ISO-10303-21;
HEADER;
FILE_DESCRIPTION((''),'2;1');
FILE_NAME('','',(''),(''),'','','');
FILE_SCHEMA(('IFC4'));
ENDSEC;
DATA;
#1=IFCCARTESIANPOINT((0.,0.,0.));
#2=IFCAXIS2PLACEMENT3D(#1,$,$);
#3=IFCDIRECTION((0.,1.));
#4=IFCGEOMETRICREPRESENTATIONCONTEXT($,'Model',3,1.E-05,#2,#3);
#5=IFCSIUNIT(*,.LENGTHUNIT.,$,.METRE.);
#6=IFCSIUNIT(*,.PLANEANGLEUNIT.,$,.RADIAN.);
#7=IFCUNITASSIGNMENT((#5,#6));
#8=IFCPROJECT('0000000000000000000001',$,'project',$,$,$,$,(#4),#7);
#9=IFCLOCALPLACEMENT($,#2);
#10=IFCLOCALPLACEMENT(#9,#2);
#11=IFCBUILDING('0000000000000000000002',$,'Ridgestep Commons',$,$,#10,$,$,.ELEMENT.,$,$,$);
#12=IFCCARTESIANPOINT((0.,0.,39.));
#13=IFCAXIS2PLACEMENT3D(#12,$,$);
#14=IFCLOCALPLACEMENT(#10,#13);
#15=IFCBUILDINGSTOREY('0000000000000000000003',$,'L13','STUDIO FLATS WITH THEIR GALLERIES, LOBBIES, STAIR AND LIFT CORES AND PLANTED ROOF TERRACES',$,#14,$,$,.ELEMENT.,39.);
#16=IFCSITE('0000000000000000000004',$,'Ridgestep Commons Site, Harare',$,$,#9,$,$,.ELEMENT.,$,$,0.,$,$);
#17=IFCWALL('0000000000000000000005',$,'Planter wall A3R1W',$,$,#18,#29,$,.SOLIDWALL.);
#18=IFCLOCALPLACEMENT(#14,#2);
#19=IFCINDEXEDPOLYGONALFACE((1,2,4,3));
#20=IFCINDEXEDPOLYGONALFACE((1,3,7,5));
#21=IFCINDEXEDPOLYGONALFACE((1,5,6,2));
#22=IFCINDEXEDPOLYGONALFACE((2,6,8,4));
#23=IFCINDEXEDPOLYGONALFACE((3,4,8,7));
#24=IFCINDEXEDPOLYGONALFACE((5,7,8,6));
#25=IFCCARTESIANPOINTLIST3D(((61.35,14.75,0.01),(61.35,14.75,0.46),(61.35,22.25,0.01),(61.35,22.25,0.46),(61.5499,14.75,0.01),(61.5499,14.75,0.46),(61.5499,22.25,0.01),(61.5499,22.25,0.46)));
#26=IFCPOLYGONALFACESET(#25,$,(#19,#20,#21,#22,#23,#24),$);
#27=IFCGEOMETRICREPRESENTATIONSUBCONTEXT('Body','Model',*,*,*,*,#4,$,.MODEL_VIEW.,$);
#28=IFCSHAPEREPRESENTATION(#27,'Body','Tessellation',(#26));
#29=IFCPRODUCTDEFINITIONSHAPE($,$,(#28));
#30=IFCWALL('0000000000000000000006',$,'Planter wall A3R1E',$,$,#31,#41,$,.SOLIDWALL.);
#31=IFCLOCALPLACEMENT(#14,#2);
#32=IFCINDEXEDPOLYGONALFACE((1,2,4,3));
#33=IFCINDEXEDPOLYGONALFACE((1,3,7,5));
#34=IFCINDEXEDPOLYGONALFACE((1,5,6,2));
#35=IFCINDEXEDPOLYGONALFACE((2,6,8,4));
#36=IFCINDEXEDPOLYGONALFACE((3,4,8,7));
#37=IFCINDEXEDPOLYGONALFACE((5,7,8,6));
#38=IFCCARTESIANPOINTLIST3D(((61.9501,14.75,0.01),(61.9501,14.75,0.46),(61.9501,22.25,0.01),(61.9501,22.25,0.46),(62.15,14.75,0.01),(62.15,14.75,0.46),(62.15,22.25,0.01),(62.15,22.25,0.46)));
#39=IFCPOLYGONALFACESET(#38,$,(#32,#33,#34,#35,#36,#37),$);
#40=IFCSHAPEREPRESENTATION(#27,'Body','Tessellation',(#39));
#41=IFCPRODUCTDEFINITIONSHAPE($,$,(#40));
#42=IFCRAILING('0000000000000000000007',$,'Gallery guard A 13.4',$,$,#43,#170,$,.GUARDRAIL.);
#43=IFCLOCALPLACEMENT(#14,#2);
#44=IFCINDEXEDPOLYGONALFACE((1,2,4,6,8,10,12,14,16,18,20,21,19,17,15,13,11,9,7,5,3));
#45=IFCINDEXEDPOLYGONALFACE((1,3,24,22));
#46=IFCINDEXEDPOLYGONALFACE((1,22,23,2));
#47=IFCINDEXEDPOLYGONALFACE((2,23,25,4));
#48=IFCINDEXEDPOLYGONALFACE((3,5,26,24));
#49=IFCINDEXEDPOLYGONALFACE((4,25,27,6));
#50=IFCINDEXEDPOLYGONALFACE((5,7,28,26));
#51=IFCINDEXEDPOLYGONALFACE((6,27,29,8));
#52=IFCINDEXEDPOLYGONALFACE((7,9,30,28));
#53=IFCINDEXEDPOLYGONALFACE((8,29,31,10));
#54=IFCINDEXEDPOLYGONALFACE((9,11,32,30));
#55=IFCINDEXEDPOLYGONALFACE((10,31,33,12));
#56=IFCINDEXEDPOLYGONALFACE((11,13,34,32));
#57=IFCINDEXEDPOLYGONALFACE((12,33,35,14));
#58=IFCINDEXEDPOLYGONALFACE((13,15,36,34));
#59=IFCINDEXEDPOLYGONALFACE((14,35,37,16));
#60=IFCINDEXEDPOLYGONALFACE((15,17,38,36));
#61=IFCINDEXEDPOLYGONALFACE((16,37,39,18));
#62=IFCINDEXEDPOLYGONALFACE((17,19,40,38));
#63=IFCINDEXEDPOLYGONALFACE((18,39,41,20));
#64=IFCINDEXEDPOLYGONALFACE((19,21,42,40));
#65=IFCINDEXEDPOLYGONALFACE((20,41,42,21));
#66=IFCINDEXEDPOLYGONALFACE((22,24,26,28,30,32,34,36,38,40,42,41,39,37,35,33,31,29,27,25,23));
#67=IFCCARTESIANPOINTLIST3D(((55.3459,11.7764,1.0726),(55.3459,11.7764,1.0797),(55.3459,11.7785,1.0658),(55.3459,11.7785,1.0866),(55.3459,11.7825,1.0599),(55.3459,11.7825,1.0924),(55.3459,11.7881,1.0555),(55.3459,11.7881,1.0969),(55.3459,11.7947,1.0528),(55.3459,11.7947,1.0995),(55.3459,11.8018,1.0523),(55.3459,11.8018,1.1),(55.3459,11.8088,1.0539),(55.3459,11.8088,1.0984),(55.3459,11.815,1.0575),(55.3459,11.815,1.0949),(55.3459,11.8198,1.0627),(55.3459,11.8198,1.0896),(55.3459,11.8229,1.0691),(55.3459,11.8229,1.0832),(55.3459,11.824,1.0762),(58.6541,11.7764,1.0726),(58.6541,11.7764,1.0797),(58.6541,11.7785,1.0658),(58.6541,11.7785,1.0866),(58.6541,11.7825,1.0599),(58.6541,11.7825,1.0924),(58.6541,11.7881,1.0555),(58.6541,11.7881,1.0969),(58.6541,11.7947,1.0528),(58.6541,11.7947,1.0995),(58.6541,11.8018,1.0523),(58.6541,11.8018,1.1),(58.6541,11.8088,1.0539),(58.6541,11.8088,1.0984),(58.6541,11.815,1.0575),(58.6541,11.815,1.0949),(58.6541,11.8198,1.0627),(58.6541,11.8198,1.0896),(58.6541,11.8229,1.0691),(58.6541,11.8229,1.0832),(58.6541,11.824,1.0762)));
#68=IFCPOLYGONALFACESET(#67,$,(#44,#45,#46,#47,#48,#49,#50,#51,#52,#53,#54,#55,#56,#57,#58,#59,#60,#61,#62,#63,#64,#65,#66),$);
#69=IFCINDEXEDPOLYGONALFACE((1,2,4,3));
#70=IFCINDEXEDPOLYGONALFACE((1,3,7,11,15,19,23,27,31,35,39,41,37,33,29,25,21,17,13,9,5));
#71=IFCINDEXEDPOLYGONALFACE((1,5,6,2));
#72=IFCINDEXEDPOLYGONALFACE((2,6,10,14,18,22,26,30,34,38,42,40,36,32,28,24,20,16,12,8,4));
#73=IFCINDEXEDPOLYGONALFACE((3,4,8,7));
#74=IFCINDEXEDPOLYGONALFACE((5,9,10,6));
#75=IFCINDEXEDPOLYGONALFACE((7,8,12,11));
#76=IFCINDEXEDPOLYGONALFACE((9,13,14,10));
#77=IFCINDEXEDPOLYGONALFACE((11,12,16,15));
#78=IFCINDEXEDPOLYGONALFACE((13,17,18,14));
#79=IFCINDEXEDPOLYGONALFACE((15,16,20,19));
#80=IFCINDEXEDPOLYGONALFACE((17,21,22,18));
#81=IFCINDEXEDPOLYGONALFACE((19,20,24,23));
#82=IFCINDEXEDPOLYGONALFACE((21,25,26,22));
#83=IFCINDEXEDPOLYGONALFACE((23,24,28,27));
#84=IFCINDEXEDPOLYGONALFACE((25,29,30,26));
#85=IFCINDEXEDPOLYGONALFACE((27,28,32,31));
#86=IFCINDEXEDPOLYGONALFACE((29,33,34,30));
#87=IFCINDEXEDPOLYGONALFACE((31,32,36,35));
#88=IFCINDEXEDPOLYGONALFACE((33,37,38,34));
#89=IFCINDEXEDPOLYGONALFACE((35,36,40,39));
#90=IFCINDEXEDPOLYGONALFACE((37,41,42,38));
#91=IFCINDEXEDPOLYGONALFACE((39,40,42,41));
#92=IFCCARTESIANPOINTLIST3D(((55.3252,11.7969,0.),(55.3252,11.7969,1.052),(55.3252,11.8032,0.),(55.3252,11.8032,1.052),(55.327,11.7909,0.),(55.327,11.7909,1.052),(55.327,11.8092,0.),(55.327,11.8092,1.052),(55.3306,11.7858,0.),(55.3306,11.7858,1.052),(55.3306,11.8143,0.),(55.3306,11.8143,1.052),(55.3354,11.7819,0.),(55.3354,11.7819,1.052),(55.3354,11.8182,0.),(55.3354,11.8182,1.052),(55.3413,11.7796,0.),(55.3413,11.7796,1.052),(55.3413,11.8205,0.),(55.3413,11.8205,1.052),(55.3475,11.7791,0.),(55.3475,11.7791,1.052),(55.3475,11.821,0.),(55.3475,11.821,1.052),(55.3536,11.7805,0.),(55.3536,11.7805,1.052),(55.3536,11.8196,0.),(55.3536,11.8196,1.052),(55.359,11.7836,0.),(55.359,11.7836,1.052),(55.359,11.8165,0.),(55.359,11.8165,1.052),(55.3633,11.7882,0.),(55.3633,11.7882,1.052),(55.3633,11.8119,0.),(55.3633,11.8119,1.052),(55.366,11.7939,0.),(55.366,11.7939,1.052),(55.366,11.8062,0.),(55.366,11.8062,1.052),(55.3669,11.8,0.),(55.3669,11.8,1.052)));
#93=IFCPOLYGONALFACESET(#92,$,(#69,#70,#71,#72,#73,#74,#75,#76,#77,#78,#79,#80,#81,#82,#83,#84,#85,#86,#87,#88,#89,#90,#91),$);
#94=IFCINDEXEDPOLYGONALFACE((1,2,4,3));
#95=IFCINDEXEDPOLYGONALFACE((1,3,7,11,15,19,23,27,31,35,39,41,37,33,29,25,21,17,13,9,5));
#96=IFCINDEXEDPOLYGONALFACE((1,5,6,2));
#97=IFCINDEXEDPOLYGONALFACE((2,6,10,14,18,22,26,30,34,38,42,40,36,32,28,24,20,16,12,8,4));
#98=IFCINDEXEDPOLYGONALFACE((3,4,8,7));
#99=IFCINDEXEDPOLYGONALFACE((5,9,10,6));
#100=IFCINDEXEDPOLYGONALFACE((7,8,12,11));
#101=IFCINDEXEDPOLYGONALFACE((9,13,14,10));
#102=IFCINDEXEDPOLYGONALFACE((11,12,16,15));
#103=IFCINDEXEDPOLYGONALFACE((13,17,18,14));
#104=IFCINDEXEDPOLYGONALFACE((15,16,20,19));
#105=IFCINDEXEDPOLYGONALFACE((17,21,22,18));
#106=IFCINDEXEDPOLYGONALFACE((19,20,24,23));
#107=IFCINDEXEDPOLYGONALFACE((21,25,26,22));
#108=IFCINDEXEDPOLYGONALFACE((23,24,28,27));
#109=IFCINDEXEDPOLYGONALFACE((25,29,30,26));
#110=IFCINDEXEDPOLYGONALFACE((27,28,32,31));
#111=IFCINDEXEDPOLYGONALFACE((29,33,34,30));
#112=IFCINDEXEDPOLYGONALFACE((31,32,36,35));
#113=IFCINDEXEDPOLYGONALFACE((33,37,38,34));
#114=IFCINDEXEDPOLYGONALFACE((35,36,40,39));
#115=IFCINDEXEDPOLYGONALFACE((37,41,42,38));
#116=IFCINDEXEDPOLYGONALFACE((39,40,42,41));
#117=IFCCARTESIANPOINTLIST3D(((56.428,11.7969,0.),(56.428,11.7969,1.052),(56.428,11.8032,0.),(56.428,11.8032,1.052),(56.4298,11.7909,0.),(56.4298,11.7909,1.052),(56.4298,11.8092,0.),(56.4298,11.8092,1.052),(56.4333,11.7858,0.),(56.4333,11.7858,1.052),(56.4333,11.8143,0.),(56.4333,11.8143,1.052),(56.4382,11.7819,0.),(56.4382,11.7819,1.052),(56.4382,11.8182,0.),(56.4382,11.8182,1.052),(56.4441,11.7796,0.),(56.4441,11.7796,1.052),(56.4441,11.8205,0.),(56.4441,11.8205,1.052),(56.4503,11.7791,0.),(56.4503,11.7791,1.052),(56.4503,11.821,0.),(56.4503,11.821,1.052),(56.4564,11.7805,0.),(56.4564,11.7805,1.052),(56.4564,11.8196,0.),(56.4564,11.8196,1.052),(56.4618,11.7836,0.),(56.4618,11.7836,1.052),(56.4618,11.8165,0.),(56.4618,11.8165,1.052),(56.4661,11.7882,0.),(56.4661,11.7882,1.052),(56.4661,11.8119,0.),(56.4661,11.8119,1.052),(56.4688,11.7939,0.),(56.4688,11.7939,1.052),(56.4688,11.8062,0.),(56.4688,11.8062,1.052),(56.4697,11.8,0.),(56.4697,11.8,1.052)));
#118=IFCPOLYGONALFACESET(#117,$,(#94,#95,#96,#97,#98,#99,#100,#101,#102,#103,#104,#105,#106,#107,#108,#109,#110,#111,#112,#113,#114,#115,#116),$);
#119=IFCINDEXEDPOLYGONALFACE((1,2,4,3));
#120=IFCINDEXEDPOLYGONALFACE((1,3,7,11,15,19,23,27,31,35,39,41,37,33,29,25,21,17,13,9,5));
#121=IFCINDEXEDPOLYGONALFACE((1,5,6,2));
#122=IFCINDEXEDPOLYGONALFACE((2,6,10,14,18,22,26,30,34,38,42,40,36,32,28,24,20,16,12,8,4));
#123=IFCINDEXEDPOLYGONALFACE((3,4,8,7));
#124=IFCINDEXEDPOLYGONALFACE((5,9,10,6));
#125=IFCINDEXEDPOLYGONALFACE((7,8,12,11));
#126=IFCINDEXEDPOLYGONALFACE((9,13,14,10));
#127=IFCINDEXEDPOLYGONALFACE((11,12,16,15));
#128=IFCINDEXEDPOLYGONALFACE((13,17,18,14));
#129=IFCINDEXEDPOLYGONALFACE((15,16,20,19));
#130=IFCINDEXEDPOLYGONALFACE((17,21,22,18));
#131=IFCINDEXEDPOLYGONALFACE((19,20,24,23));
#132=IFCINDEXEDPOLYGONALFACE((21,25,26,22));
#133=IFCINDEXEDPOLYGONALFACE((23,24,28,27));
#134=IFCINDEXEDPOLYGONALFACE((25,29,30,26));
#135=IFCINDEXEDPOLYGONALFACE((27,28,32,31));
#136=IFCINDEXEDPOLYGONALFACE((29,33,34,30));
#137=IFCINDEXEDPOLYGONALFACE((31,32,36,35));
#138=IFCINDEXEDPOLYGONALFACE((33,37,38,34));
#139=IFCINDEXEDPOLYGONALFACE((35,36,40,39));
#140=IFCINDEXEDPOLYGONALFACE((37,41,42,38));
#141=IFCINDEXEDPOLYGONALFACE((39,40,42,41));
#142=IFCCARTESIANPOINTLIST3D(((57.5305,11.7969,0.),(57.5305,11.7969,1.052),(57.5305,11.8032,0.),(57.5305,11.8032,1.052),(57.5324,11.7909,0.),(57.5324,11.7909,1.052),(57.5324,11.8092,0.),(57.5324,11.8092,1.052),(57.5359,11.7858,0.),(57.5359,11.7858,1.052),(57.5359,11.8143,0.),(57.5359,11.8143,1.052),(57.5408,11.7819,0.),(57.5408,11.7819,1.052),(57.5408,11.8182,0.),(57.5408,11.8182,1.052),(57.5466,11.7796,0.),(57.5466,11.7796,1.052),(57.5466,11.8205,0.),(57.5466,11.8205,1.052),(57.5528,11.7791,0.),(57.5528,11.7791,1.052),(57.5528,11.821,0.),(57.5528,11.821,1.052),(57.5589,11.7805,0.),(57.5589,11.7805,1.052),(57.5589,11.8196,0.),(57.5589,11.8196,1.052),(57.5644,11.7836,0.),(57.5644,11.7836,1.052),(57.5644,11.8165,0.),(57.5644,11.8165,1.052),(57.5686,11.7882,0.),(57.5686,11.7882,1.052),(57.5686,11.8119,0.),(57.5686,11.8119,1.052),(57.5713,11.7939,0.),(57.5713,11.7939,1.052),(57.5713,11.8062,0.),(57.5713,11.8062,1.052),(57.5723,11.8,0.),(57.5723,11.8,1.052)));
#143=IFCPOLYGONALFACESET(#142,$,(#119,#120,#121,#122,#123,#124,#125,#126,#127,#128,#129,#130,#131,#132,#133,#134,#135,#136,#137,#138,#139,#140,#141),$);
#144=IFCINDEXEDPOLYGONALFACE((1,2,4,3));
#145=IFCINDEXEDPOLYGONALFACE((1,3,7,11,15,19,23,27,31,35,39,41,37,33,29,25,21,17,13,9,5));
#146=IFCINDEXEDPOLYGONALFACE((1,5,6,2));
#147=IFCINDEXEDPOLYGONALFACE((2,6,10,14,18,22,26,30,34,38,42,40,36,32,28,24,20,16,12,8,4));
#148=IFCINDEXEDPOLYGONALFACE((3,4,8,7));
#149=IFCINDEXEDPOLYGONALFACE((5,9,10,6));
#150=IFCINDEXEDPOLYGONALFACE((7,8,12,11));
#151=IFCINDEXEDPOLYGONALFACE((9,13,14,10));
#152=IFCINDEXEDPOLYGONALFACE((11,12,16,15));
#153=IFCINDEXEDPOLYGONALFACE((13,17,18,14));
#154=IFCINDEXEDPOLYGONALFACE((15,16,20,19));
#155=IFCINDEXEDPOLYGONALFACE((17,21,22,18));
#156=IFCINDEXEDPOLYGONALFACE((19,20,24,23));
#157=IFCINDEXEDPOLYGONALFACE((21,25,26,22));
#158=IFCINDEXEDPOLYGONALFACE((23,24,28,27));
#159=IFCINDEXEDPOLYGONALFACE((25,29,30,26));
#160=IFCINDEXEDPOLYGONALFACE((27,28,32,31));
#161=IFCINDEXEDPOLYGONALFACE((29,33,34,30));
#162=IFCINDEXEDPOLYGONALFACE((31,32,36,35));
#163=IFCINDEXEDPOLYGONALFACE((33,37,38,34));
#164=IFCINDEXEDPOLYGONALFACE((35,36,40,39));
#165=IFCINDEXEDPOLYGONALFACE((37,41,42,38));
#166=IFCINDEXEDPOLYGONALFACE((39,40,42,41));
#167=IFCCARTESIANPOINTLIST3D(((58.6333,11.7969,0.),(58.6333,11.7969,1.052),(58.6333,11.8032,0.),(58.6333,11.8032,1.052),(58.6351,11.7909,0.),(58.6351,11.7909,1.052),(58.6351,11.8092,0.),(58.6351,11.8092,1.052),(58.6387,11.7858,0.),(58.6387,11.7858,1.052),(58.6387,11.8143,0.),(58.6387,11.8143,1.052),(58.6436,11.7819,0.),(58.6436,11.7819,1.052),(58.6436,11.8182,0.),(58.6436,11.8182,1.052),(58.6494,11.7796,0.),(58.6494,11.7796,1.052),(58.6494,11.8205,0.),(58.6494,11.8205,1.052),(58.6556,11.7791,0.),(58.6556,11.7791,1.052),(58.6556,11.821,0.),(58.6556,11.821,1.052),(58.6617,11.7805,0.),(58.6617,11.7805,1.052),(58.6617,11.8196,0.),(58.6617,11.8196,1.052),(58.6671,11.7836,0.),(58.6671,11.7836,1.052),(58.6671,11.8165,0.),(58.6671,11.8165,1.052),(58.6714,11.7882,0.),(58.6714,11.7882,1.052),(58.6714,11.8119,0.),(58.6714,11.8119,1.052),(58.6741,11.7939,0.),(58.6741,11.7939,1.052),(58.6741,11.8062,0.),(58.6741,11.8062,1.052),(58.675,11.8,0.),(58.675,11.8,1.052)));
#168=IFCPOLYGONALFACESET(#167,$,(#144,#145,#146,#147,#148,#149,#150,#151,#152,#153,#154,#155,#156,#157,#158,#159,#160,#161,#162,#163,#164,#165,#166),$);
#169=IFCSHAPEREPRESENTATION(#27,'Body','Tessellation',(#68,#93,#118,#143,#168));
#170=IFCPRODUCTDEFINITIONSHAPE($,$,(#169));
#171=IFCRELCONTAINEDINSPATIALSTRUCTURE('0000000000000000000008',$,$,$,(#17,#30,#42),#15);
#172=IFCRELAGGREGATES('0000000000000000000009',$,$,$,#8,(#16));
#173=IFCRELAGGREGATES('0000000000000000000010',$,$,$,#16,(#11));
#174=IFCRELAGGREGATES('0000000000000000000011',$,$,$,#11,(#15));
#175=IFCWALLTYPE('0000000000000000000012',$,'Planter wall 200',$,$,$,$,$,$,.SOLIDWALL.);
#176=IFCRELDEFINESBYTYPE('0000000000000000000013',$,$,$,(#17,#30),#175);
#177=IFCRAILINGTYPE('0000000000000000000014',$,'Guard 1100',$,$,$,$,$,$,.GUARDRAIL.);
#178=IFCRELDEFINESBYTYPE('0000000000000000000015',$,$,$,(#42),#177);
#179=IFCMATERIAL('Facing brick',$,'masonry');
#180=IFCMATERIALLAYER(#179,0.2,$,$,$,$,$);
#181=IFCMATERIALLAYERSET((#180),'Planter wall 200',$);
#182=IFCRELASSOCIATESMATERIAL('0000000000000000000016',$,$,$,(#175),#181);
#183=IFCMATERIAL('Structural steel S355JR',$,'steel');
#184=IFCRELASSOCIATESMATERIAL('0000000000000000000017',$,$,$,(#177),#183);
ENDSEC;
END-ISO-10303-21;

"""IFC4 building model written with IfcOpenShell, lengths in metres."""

from ifc_helpers import new_model, si_unit, direction, frame, frame_2d, origin, origin_2d, place, context, subcontext, project, spatial, rectangle, circle, extrude, material, layer, layer_set, type_object, element, save


model = new_model("IFC4")

# Units and contexts
model_context = context("Model", 3, precision=1e-05, world=origin(), true_north=direction((0.0, 1.0)))
body_context = subcontext(model_context, "Body", "Model", "MODEL_VIEW")
ifc_project = project(units=[si_unit("LENGTHUNIT", "METRE"), si_unit("PLANEANGLEUNIT", "RADIAN")], contexts=[model_context])

# Site, building, storey
site_placement = place(None, origin())
site = spatial("IfcSite", under=ifc_project, at=site_placement, Name="Ridgestep Commons Site, Harare", CompositionType="ELEMENT", RefElevation=0.0)
building_placement = place(site_placement, origin())
building = spatial("IfcBuilding", under=site, at=building_placement, Name="Ridgestep Commons", CompositionType="ELEMENT")
storey_placement = place(building_placement, frame((0.0, 0.0, 39.0)))
storey = spatial("IfcBuildingStorey", under=building, at=storey_placement, Name="L13", Description="STUDIO FLATS WITH THEIR GALLERIES, LOBBIES, STAIR AND LIFT CORES AND PLANTED ROOF TERRACES", CompositionType="ELEMENT", Elevation=39.0)

# Walls
ifc_material_1 = material(Name="Facing brick", Category="masonry")
ifc_layer_1 = layer(ifc_material_1, 0.2)
ifc_layer_set_1 = layer_set([ifc_layer_1], Name="Planter wall 200")
wall_type_1 = type_object("IfcWallType", Name="Planter wall 200", PredefinedType="SOLIDWALL", material=ifc_layer_set_1)
for number, where, z_axis, x_axis, name in (
    (1, (61.45, 14.75, 0.01), (0.0, 0.0, 1.0), (0.0, 1.0, 0.0), "Planter wall A3R1W"),
    (2, (62.05, 14.75, 0.01), (0.0, 0.0, 1.0), (0.0, 1.0, 0.0), "Planter wall A3R1E"),
):
    element("IfcWall", number, at=place(storey_placement, frame(where, z_axis=z_axis, x_axis=x_axis)), inside=storey, type_object=wall_type_1, Name=name, PredefinedType="SOLIDWALL", context=body_context, shape_type="SweptSolid", body=[
        extrude(rectangle(XDim=7.5, YDim=0.2, at=frame_2d((3.75, 0.0))), origin(), (0.0, 0.0, 1.0), 0.45),
    ])

# Railing
ifc_material_2 = material(Name="Structural steel S355JR", Category="steel")
railing_type = type_object("IfcRailingType", Name="Guard 1100", PredefinedType="GUARDRAIL", material=ifc_material_2)
railing_1_placement = place(storey_placement, frame((55.3459, 11.8, 0.0)))
element("IfcRailing", 3, at=railing_1_placement, inside=storey, type_object=railing_type, Name="Gallery guard A 13.4", PredefinedType="GUARDRAIL", context=body_context, shape_type="SweptSolid", body=[
    extrude(circle(Radius=0.0239, at=origin_2d()), frame((0.0, 0.0, 1.0762), z_axis=(1.0, 0.0, 0.0), x_axis=(0.0, 1.0, 0.0)), (0.0, 0.0, 1.0), 3.3081),
    extrude(circle(Radius=0.021, at=origin_2d()), origin(), (0.0, 0.0, 1.0), 1.052),
    extrude(circle(Radius=0.021, at=origin_2d()), frame((1.1028, 0.0, 0.0)), (0.0, 0.0, 1.0), 1.052),
    extrude(circle(Radius=0.021, at=origin_2d()), frame((2.2053, 0.0, 0.0)), (0.0, 0.0, 1.0), 1.052),
    extrude(circle(Radius=0.021, at=origin_2d()), frame((3.3081, 0.0, 0.0)), (0.0, 0.0, 1.0), 1.052),
])

save(model, "model.ifc")
